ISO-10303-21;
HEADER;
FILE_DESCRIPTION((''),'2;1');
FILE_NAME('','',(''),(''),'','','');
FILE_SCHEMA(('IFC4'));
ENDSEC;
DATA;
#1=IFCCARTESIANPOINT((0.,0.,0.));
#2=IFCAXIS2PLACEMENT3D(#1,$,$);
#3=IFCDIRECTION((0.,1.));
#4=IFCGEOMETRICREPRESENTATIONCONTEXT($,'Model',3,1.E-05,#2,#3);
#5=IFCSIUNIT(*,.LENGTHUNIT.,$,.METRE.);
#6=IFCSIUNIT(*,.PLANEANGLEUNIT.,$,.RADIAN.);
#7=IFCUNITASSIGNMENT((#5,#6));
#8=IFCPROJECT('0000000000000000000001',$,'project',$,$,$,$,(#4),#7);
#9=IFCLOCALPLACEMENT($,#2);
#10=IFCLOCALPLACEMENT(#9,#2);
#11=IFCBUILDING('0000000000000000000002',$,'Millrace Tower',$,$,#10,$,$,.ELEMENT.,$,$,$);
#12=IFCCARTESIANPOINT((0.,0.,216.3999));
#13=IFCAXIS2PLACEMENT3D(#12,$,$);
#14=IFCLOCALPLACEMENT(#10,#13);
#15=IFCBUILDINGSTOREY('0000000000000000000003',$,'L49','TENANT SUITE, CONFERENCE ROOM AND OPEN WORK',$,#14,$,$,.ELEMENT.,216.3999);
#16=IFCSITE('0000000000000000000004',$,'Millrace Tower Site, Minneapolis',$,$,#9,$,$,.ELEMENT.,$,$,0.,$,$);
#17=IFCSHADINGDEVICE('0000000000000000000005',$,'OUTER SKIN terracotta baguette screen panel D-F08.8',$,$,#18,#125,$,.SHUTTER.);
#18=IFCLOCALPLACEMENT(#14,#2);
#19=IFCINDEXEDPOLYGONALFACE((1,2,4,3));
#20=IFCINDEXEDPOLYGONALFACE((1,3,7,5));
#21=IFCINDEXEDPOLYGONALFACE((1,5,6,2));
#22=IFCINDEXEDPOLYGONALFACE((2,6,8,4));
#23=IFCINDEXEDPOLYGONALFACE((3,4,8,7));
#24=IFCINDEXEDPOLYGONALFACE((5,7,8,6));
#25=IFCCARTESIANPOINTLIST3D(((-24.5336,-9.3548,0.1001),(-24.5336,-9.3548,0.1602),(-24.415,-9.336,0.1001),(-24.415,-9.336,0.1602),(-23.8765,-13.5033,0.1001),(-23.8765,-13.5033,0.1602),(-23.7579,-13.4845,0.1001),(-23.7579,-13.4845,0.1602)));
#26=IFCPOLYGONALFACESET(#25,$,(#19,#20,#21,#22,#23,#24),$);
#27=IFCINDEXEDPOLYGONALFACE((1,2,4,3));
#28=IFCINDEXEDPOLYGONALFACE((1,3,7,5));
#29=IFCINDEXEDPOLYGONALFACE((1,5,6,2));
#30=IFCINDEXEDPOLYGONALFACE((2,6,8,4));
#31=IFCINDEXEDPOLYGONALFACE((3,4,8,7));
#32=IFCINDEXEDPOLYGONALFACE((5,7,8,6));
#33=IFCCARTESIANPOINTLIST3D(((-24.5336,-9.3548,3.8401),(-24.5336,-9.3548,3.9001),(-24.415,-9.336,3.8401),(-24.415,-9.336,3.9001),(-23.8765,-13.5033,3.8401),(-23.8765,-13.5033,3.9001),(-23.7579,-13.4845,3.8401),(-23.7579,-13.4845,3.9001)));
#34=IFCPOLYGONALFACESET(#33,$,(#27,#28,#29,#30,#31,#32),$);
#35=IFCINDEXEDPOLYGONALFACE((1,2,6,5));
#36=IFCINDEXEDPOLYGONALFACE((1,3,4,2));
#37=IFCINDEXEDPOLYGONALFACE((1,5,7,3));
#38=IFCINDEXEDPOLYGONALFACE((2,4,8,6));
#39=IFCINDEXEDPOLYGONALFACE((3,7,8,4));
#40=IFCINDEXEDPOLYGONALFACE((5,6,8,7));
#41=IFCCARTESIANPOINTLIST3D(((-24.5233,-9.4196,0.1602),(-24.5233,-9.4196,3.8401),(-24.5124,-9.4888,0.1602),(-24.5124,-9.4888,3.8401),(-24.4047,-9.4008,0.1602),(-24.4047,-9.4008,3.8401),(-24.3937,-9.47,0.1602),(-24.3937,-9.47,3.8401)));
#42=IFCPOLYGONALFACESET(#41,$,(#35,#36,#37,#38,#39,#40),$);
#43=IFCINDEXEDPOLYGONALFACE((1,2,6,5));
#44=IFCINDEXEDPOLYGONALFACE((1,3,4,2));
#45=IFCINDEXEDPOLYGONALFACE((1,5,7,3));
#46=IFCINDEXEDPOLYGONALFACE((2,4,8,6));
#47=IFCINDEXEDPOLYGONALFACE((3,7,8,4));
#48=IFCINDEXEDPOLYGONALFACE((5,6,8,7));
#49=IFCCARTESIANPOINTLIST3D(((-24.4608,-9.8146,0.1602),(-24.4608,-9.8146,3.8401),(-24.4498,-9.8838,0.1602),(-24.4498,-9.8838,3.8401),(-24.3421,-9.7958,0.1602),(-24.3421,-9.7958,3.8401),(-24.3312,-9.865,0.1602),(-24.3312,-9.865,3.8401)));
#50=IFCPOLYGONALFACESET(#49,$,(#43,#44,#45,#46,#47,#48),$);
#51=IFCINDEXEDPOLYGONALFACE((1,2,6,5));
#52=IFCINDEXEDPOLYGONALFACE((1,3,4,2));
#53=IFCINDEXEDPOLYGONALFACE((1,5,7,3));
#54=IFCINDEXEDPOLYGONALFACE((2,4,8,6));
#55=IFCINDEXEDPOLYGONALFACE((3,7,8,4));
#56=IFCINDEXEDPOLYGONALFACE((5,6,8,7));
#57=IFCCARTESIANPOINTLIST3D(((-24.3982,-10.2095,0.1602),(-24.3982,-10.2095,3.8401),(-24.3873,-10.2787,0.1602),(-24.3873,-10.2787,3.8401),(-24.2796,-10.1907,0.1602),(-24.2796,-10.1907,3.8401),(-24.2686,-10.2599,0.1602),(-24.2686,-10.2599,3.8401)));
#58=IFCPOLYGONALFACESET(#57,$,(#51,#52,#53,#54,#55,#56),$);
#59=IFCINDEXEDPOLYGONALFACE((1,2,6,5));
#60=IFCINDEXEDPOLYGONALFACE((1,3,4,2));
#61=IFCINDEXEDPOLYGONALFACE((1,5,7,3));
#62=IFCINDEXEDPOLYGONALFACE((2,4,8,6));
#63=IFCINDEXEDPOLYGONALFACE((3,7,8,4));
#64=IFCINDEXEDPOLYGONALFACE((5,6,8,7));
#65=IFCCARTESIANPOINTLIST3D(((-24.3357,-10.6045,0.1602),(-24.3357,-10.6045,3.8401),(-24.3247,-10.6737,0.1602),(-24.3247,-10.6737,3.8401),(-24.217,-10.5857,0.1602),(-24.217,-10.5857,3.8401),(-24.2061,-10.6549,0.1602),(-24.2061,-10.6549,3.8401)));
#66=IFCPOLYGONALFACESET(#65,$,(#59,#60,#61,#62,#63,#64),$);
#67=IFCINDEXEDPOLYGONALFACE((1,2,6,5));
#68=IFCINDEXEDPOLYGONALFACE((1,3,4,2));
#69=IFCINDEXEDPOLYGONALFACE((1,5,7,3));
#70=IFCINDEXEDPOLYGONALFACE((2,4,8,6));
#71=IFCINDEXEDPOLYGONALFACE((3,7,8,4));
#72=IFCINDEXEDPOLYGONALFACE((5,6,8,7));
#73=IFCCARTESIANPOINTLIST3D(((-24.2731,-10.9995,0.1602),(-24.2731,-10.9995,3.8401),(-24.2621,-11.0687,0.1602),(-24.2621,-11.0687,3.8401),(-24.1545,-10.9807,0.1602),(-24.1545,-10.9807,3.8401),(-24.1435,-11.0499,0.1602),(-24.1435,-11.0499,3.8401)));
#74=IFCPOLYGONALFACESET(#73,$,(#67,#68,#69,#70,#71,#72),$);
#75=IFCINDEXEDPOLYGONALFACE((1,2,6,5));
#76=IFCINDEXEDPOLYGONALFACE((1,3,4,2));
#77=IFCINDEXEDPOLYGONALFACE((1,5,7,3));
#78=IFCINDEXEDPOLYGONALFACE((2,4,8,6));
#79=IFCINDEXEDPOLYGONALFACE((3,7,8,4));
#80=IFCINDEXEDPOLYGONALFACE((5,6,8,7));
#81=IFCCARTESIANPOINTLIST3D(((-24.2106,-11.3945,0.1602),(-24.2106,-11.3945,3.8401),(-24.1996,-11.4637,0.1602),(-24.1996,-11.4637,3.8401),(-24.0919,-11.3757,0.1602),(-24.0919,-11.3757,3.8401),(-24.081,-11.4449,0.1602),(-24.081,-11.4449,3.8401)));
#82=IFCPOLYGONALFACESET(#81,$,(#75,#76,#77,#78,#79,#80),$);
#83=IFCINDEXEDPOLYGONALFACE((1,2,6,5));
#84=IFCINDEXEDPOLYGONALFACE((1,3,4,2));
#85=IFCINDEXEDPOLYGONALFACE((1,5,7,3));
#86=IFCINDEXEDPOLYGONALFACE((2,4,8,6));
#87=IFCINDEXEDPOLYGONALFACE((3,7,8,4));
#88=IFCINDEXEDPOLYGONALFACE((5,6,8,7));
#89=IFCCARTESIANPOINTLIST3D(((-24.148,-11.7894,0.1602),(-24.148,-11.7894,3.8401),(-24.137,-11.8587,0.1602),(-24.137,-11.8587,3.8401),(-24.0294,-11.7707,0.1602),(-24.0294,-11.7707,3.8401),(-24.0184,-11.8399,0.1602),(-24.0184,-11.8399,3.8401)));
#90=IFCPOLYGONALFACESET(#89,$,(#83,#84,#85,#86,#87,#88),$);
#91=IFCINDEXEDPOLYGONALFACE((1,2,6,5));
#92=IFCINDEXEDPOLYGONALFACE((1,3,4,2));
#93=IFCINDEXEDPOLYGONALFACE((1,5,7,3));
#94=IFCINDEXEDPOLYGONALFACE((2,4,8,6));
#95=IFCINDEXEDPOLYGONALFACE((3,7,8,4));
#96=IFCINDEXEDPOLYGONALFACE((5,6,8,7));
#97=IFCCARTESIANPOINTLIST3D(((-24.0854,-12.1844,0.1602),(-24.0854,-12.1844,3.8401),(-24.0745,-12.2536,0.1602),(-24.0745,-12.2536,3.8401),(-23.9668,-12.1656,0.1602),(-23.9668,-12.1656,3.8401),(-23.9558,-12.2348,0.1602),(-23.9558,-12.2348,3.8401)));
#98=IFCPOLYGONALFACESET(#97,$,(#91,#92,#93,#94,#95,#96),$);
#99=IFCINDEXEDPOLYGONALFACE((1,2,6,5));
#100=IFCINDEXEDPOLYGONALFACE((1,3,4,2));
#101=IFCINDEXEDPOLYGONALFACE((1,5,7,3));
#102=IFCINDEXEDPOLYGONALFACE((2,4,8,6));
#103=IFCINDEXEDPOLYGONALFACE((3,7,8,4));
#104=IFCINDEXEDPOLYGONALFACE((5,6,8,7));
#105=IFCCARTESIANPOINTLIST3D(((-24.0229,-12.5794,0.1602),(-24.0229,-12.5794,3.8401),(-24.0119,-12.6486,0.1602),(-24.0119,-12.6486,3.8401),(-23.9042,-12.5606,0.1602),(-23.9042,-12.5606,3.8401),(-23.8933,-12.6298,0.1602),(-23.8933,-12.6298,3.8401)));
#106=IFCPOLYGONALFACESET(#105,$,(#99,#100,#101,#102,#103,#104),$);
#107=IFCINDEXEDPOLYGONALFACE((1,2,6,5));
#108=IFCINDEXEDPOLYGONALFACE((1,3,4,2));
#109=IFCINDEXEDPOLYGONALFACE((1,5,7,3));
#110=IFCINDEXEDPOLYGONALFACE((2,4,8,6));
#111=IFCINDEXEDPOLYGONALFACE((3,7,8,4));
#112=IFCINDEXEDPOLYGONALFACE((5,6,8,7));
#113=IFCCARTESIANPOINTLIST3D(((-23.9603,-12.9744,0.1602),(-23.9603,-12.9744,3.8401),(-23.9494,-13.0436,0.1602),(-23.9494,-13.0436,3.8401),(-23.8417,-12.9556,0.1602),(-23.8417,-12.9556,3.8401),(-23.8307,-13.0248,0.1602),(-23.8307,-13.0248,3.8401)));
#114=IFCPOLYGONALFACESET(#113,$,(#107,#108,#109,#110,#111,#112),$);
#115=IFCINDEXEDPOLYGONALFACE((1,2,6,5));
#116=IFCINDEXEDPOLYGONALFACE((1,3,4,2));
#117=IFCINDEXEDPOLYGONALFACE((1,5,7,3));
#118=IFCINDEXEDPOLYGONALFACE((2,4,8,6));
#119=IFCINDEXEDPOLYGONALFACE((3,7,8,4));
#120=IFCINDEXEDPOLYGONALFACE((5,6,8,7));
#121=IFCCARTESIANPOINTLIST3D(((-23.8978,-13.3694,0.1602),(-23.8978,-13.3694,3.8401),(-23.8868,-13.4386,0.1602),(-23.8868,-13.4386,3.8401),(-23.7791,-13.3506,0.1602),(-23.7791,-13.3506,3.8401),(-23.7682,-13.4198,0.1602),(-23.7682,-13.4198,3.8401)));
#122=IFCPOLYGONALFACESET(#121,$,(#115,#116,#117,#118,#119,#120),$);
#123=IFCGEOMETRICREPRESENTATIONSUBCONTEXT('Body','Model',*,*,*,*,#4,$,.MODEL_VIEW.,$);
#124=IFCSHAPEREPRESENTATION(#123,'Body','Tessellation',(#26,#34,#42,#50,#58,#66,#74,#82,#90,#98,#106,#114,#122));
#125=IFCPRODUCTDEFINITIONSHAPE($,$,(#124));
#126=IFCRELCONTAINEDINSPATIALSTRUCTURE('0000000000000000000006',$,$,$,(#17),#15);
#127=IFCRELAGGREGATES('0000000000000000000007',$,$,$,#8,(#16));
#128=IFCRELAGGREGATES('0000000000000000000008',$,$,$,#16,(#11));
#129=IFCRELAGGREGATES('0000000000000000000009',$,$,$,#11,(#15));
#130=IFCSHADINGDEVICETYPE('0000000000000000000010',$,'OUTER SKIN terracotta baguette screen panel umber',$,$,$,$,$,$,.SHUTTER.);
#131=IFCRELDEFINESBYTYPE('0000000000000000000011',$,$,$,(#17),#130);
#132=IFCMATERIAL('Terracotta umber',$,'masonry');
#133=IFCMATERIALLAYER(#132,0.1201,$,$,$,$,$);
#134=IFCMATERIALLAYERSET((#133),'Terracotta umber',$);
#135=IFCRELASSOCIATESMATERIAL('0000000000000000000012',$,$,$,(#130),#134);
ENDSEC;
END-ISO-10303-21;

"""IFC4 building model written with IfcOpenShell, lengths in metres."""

from ifc_helpers import new_model, entity, si_unit, direction, frame, frame_2d, origin, origin_2d, place, context, subcontext, project, spatial, rectangle, extrude, source, transform, mapped, material, layer, layer_set, type_object, element, save


model = new_model("IFC4")

# Units and contexts
model_context = context("Model", 3, precision=1e-05, world=origin(), true_north=direction((0.0, 1.0)))
body_context = subcontext(model_context, "Body", "Model", "MODEL_VIEW")
ifc_project = project(units=[si_unit("LENGTHUNIT", "METRE"), si_unit("PLANEANGLEUNIT", "RADIAN")], contexts=[model_context])

# Site, building, storey
site_placement = place(None, origin())
site = spatial("IfcSite", under=ifc_project, at=site_placement, Name="Millrace Tower Site, Minneapolis", CompositionType="ELEMENT", RefElevation=0.0)
building_placement = place(site_placement, origin())
building = spatial("IfcBuilding", under=site, at=building_placement, Name="Millrace Tower", CompositionType="ELEMENT")
storey_placement = place(building_placement, frame((0.0, 0.0, 216.3999)))
storey = spatial("IfcBuildingStorey", under=building, at=storey_placement, Name="L49", Description="TENANT SUITE, CONFERENCE ROOM AND OPEN WORK", CompositionType="ELEMENT", Elevation=216.3999)

# Shading device
ifc_material_1 = material(Name="Terracotta umber", Category="masonry")
ifc_layer_1 = layer(ifc_material_1, 0.1201)
ifc_layer_set_1 = layer_set([ifc_layer_1], Name="Terracotta umber")
shading_device_type = type_object("IfcShadingDeviceType", Name="OUTER SKIN terracotta baguette screen panel umber", PredefinedType="SHUTTER", material=ifc_layer_set_1)
cartesian_point = entity("IfcCartesianPoint", [-2.1001, 0.0601])
shared_polyline = entity("IfcPolyline", [cartesian_point, entity("IfcCartesianPoint", [2.1001, 0.0601]), entity("IfcCartesianPoint", [2.1001, -0.0601]), entity("IfcCartesianPoint", [-2.1001, -0.0601]), cartesian_point])
shared_shape = source(origin(), body_context, "Body", "SweptSolid", [
    entity("IfcExtrudedAreaSolid", entity("IfcArbitraryClosedProfileDef", "AREA", None, shared_polyline), entity("IfcAxis2Placement3D", entity("IfcCartesianPoint", [0.0, 0.0, 0.0])), entity("IfcDirection", [0.0, 0.0, 1.0]), 0.0601),
    entity("IfcExtrudedAreaSolid", entity("IfcArbitraryClosedProfileDef", "AREA", None, shared_polyline), entity("IfcAxis2Placement3D", entity("IfcCartesianPoint", [0.0, 0.0, 3.74])), entity("IfcDirection", [0.0, 0.0, 1.0]), 0.0601),
    extrude(rectangle(XDim=0.0701, YDim=0.1201, at=frame_2d((-1.9995, 0.0))), frame((0.0, 0.0, 0.0601)), (0.0, 0.0, 1.0), 3.6799),
    extrude(rectangle(XDim=0.0701, YDim=0.1201, at=frame_2d((-1.5996, 0.0))), frame((0.0, 0.0, 0.0601)), (0.0, 0.0, 1.0), 3.6799),
    extrude(rectangle(XDim=0.0701, YDim=0.1201, at=frame_2d((-1.1997, 0.0))), frame((0.0, 0.0, 0.0601)), (0.0, 0.0, 1.0), 3.6799),
    extrude(rectangle(XDim=0.0701, YDim=0.1201, at=frame_2d((-0.7998, 0.0))), frame((0.0, 0.0, 0.0601)), (0.0, 0.0, 1.0), 3.6799),
    extrude(rectangle(XDim=0.0701, YDim=0.1201, at=frame_2d((-0.3999, 0.0))), frame((0.0, 0.0, 0.0601)), (0.0, 0.0, 1.0), 3.6799),
    extrude(rectangle(XDim=0.0701, YDim=0.1201, at=origin_2d()), frame((0.0, 0.0, 0.0601)), (0.0, 0.0, 1.0), 3.6799),
    extrude(rectangle(XDim=0.0701, YDim=0.1201, at=frame_2d((0.3999, 0.0))), frame((0.0, 0.0, 0.0601)), (0.0, 0.0, 1.0), 3.6799),
    extrude(rectangle(XDim=0.0701, YDim=0.1201, at=frame_2d((0.7998, 0.0))), frame((0.0, 0.0, 0.0601)), (0.0, 0.0, 1.0), 3.6799),
    extrude(rectangle(XDim=0.0701, YDim=0.1201, at=frame_2d((1.1997, 0.0))), frame((0.0, 0.0, 0.0601)), (0.0, 0.0, 1.0), 3.6799),
    extrude(rectangle(XDim=0.0701, YDim=0.1201, at=frame_2d((1.5996, 0.0))), frame((0.0, 0.0, 0.0601)), (0.0, 0.0, 1.0), 3.6799),
    extrude(rectangle(XDim=0.0701, YDim=0.1201, at=frame_2d((1.9995, 0.0))), frame((0.0, 0.0, 0.0601)), (0.0, 0.0, 1.0), 3.6799),
])
for number, where, z_axis, x_axis, name in (
    (1, (-24.1458, -11.4197, 0.1001), (0.0, 0.0, 1.0), (0.156434, -0.987688, 0.0), "OUTER SKIN terracotta baguette screen panel D-F08.8"),
):
    element("IfcShadingDevice", number, at=place(storey_placement, frame(where, z_axis=z_axis, x_axis=x_axis)), inside=storey, type_object=shading_device_type, Name=name, PredefinedType="SHUTTER", context=body_context, shape_type="MappedRepresentation", body=[
        mapped(shared_shape, transform((0.0, 0.0, 0.0), scale=1.0)),
    ])

save(model, "model.ifc")
